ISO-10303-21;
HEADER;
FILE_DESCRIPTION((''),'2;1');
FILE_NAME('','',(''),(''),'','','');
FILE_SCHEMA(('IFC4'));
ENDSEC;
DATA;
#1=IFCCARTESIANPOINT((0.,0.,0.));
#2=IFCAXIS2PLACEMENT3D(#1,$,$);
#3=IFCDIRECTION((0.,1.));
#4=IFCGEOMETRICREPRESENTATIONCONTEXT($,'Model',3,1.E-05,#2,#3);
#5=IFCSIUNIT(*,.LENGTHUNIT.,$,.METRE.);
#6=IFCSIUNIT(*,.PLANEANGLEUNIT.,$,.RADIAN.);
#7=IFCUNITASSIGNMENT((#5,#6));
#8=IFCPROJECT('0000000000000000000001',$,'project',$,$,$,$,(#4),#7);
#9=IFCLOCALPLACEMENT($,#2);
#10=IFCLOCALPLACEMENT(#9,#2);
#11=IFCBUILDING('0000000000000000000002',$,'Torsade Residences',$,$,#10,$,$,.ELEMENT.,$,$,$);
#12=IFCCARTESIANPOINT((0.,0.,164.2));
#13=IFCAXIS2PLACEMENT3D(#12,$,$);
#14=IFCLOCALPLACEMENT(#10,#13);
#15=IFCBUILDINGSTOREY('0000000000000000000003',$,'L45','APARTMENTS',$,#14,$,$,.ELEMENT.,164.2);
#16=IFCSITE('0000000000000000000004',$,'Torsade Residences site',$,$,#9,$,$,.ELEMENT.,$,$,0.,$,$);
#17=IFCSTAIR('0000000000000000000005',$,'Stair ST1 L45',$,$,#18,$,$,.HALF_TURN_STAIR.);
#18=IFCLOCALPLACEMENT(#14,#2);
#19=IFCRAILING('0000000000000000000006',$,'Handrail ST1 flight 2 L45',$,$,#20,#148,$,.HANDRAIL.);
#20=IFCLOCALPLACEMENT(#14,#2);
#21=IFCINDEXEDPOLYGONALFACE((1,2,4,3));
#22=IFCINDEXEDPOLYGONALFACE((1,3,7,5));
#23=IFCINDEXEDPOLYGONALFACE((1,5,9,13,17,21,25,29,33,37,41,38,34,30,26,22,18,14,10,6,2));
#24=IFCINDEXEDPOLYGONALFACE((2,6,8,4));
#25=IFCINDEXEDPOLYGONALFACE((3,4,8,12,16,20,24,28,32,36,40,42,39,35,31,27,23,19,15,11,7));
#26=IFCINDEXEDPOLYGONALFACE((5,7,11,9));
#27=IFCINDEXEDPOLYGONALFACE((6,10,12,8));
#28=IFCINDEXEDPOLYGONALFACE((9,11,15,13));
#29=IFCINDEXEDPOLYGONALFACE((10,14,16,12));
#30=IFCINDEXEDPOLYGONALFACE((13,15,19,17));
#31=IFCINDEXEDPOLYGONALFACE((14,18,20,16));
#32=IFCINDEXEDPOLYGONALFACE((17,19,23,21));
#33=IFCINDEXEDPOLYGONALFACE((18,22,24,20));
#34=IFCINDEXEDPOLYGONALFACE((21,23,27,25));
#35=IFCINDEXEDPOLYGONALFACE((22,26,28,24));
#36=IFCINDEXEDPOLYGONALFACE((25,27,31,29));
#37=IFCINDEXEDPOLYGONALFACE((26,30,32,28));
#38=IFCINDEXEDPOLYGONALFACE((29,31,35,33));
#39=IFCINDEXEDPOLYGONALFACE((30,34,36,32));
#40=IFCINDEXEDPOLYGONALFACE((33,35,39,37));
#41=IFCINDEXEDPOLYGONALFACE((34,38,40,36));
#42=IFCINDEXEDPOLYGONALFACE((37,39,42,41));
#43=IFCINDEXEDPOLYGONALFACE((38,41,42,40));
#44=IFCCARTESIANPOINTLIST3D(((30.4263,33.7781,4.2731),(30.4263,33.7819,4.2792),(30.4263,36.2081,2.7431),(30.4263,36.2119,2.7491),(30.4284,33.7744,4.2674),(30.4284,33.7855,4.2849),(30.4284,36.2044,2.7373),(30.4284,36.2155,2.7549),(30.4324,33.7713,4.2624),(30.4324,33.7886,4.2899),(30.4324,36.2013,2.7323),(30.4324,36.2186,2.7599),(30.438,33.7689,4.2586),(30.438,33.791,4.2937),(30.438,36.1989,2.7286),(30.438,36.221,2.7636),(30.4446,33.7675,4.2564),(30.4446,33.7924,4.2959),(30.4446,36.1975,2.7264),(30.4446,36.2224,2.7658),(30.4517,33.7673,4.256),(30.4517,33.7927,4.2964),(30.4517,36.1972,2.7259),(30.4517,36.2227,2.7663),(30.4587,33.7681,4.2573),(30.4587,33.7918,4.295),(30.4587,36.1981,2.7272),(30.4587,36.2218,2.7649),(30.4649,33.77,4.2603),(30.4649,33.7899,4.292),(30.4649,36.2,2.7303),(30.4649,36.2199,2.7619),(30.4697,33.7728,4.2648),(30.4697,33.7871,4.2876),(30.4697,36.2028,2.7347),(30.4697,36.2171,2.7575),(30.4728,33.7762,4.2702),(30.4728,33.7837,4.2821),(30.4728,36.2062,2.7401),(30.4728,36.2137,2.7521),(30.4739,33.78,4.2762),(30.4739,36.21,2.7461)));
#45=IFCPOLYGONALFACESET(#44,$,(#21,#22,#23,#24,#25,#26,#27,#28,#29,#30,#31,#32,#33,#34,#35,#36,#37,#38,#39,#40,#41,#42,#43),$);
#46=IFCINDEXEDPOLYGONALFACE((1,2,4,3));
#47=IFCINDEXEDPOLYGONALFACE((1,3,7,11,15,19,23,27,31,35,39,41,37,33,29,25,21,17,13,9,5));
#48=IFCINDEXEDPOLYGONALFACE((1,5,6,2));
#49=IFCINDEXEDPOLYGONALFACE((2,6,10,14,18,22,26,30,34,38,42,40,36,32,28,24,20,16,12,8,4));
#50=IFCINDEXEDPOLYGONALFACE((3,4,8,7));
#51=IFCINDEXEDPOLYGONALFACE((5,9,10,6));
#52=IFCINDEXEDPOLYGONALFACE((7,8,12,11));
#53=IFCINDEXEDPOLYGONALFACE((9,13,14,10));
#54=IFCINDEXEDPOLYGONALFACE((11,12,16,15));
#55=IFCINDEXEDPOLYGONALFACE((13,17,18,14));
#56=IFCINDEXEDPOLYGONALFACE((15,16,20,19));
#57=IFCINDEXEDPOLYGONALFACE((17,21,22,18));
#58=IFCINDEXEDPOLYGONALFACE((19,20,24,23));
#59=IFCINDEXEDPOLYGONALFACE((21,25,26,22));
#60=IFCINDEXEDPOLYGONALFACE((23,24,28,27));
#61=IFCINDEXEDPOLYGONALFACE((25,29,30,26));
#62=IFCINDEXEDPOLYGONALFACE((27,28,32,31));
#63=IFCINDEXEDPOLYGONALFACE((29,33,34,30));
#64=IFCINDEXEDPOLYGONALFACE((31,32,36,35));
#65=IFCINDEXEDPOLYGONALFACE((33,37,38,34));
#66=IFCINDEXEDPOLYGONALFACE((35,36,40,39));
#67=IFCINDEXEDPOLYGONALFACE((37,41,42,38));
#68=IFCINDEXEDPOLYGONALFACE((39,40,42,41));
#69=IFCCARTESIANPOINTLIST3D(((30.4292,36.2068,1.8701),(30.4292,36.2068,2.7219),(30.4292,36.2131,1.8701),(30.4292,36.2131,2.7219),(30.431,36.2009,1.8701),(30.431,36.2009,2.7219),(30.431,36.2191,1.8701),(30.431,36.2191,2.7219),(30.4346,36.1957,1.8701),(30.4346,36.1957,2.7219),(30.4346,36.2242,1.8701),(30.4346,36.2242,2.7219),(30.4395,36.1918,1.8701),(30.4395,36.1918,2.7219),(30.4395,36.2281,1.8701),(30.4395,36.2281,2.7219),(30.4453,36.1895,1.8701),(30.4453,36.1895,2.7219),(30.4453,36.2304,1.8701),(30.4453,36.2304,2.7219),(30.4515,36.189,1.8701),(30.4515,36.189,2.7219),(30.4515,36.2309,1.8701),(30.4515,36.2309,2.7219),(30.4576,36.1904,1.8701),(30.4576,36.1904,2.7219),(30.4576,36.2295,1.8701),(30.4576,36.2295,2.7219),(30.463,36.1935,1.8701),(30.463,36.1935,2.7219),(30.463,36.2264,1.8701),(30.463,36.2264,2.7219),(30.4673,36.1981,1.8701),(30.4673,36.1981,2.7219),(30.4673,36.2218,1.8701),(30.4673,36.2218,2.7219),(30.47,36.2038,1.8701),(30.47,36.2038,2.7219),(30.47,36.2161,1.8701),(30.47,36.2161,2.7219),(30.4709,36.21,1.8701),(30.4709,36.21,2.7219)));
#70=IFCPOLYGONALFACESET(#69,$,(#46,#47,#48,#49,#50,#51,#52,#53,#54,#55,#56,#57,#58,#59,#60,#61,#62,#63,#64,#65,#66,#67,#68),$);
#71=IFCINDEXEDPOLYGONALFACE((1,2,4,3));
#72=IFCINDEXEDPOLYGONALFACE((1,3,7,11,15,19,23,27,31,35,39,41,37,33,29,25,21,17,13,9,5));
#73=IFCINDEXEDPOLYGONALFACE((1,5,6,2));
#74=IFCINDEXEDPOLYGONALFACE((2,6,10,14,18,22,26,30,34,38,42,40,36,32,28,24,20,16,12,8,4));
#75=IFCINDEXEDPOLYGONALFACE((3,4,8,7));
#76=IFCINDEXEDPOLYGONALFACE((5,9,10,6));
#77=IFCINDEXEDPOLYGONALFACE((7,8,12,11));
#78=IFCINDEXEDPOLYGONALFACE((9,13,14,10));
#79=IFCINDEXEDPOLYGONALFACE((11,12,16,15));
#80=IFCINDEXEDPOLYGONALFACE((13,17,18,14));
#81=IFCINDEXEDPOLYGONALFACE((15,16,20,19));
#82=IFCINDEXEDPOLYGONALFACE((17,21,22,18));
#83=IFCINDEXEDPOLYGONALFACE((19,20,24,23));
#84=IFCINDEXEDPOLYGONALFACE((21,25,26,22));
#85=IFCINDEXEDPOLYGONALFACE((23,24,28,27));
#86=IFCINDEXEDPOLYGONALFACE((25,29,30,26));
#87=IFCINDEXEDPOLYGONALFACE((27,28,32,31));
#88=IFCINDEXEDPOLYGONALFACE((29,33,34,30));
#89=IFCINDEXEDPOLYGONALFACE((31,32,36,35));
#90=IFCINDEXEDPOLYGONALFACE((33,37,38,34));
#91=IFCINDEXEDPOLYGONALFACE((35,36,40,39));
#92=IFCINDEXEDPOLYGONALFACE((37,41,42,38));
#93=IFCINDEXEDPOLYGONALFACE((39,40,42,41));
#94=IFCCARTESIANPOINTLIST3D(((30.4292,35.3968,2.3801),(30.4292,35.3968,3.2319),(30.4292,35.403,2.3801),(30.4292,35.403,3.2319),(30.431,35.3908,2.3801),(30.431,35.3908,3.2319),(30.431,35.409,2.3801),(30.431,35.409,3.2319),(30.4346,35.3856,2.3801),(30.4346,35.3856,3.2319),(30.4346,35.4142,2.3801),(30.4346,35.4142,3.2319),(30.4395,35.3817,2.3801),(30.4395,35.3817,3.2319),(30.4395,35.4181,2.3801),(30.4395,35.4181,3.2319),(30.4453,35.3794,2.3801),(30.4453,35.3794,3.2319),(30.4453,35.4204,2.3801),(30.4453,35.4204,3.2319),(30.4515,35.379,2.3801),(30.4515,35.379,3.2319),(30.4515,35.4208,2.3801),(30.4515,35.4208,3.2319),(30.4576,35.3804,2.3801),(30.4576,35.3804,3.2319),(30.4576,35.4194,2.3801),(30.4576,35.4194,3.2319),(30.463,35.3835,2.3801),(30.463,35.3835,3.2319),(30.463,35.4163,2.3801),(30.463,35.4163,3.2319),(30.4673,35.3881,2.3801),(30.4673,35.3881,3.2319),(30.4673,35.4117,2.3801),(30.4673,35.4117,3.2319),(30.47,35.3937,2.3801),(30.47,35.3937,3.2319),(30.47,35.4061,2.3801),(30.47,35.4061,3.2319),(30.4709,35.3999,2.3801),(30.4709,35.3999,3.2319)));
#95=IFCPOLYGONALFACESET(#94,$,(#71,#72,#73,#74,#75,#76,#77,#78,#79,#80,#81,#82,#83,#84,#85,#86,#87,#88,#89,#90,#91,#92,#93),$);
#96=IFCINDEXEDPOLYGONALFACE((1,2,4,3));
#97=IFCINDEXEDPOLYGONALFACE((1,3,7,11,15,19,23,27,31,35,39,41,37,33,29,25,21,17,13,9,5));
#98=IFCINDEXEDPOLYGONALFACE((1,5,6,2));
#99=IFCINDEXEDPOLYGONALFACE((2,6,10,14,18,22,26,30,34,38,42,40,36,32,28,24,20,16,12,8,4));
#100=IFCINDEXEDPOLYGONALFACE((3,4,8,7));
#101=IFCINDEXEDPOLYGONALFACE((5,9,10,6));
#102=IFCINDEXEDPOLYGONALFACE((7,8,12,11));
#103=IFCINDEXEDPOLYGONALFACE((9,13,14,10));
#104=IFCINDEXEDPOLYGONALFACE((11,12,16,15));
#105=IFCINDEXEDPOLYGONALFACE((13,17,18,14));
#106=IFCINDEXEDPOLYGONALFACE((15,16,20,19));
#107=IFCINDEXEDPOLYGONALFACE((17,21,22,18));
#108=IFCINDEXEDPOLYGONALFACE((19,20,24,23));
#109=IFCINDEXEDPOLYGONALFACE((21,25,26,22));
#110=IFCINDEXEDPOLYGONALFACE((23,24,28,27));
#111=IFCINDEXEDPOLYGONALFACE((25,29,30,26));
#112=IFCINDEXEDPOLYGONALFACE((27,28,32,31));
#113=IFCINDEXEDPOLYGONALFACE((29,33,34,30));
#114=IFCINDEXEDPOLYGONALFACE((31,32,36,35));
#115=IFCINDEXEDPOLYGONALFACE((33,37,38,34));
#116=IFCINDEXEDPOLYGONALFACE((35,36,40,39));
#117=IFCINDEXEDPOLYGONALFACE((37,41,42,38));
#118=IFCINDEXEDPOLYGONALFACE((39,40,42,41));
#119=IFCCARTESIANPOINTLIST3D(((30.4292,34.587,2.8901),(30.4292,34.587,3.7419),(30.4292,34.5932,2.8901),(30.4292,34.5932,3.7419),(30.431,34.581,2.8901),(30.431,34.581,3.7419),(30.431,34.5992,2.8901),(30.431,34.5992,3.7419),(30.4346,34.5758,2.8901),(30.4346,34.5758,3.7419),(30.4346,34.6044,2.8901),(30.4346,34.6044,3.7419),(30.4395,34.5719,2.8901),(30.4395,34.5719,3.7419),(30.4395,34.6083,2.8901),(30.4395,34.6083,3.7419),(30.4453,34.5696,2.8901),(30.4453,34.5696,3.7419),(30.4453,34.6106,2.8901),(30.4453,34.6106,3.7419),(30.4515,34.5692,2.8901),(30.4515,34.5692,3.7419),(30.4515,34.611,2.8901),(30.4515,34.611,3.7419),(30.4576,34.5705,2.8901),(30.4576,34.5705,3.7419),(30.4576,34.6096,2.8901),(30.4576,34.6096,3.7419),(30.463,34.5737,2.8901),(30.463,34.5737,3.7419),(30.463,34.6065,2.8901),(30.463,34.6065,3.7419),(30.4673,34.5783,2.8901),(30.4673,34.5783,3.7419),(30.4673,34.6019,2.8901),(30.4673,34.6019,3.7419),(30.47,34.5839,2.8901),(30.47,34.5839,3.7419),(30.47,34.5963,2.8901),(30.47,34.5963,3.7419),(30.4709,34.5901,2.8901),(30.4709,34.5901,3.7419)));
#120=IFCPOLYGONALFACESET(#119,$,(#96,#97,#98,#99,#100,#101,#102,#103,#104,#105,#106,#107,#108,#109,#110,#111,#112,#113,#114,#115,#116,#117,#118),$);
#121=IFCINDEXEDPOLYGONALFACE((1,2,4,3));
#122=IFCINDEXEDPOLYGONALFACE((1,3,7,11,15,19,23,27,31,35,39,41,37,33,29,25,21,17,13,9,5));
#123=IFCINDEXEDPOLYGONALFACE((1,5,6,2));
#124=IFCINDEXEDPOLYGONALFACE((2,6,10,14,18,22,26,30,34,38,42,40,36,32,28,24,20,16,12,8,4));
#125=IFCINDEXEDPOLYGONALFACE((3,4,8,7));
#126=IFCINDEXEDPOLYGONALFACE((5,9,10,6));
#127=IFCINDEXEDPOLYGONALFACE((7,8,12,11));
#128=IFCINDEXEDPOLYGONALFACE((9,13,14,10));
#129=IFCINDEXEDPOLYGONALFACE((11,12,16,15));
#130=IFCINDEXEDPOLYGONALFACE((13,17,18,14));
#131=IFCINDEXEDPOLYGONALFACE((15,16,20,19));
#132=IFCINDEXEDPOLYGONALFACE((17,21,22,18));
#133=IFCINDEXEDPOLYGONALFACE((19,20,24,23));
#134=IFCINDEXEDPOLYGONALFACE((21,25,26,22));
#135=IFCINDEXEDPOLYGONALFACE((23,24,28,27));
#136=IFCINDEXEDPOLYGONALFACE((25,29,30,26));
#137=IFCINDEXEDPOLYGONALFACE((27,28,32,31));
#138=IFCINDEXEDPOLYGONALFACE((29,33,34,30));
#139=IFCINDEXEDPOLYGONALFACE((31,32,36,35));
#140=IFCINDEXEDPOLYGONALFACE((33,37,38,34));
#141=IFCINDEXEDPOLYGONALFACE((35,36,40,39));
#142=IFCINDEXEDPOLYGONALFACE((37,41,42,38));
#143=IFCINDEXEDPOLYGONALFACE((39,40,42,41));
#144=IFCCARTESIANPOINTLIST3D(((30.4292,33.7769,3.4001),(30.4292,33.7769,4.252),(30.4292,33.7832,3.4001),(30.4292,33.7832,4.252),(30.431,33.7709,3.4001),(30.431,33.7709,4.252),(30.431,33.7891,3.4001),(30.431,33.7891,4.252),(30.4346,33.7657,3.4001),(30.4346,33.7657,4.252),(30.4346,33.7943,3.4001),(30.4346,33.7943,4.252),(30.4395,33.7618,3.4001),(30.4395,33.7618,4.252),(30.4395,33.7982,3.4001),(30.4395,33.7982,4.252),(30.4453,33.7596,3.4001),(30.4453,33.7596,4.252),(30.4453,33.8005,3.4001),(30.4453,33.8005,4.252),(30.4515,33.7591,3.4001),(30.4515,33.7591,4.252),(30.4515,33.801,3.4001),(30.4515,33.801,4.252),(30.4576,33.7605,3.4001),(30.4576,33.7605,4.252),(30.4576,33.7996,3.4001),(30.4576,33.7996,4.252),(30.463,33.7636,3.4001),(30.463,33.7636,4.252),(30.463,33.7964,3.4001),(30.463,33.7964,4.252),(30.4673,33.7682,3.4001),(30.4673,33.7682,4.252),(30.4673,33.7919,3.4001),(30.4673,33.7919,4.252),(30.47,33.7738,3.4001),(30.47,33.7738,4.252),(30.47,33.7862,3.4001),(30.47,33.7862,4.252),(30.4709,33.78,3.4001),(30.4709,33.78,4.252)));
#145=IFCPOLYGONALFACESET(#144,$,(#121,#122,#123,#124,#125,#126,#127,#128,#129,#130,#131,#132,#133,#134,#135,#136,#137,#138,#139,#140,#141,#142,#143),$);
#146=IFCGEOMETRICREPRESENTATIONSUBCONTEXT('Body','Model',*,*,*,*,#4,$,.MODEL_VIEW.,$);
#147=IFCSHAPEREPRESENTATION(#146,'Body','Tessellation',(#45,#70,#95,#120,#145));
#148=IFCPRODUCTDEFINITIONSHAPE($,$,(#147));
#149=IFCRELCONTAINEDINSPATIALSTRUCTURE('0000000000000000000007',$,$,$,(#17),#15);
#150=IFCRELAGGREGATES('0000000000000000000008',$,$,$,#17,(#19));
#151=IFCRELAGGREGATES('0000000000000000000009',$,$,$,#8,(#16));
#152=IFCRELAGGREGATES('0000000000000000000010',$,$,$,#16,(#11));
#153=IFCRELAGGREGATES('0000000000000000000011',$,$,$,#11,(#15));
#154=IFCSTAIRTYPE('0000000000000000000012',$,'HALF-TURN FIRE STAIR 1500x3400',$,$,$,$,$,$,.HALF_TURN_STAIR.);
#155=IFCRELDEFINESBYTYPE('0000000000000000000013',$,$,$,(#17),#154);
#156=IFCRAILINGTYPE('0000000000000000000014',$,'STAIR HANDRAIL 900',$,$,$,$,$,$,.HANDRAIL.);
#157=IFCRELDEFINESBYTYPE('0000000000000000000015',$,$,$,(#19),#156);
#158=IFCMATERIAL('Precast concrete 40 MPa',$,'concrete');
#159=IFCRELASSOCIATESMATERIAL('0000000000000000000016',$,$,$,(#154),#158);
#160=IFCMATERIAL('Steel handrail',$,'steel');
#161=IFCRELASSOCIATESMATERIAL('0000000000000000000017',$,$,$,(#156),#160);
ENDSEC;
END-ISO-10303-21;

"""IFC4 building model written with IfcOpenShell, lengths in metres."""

from ifc_helpers import new_model, si_unit, direction, frame, origin, origin_2d, place, context, subcontext, project, spatial, circle, extrude, material, type_object, element, aggregate, save


model = new_model("IFC4")

# Units and contexts
model_context = context("Model", 3, precision=1e-05, world=origin(), true_north=direction((0.0, 1.0)))
body_context = subcontext(model_context, "Body", "Model", "MODEL_VIEW")
ifc_project = project(units=[si_unit("LENGTHUNIT", "METRE"), si_unit("PLANEANGLEUNIT", "RADIAN")], contexts=[model_context])

# Site, building, storey
site_placement = place(None, origin())
site = spatial("IfcSite", under=ifc_project, at=site_placement, Name="Torsade Residences site", CompositionType="ELEMENT", RefElevation=0.0)
building_placement = place(site_placement, origin())
building = spatial("IfcBuilding", under=site, at=building_placement, Name="Torsade Residences", CompositionType="ELEMENT")
storey_placement = place(building_placement, frame((0.0, 0.0, 164.2)))
storey = spatial("IfcBuildingStorey", under=building, at=storey_placement, Name="L45", Description="APARTMENTS", CompositionType="ELEMENT", Elevation=164.2)

# Stair, railing
ifc_material_1 = material(Name="Precast concrete 40 MPa", Category="concrete")
stair_type = type_object("IfcStairType", Name="HALF-TURN FIRE STAIR 1500x3400", PredefinedType="HALF_TURN_STAIR", material=ifc_material_1)
stair_placement = place(storey_placement, origin())
stair = element("IfcStair", 1, at=stair_placement, inside=storey, type_object=stair_type, Name="Stair ST1 L45", PredefinedType="HALF_TURN_STAIR")
ifc_material_2 = material(Name="Steel handrail", Category="steel")
railing_type = type_object("IfcRailingType", Name="STAIR HANDRAIL 900", PredefinedType="HANDRAIL", material=ifc_material_2)
railing_1_placement = place(storey_placement, frame((30.45, 36.21, 1.8701)))
railing_1 = element("IfcRailing", 2, at=railing_1_placement, type_object=railing_type, Name="Handrail ST1 flight 2 L45", PredefinedType="HANDRAIL", context=body_context, shape_type="SweptSolid", body=[
    extrude(circle(Radius=0.0239, at=origin_2d()), frame((0.0, 0.0, 0.876), z_axis=(0.0, -0.846221, 0.532831), x_axis=(1.0, 0.0, 0.0)), (0.0, 0.0, 1.0), 2.8716),
    extrude(circle(Radius=0.021, at=origin_2d()), origin(), (0.0, 0.0, 1.0), 0.8518),
    extrude(circle(Radius=0.021, at=origin_2d()), frame((0.0, -0.8101, 0.51)), (0.0, 0.0, 1.0), 0.8518),
    extrude(circle(Radius=0.021, at=origin_2d()), frame((0.0, -1.6199, 1.02)), (0.0, 0.0, 1.0), 0.8518),
    extrude(circle(Radius=0.021, at=origin_2d()), frame((0.0, -2.4299, 1.53)), (0.0, 0.0, 1.0), 0.8518),
])
aggregate(stair, [railing_1])

save(model, "model.ifc")
